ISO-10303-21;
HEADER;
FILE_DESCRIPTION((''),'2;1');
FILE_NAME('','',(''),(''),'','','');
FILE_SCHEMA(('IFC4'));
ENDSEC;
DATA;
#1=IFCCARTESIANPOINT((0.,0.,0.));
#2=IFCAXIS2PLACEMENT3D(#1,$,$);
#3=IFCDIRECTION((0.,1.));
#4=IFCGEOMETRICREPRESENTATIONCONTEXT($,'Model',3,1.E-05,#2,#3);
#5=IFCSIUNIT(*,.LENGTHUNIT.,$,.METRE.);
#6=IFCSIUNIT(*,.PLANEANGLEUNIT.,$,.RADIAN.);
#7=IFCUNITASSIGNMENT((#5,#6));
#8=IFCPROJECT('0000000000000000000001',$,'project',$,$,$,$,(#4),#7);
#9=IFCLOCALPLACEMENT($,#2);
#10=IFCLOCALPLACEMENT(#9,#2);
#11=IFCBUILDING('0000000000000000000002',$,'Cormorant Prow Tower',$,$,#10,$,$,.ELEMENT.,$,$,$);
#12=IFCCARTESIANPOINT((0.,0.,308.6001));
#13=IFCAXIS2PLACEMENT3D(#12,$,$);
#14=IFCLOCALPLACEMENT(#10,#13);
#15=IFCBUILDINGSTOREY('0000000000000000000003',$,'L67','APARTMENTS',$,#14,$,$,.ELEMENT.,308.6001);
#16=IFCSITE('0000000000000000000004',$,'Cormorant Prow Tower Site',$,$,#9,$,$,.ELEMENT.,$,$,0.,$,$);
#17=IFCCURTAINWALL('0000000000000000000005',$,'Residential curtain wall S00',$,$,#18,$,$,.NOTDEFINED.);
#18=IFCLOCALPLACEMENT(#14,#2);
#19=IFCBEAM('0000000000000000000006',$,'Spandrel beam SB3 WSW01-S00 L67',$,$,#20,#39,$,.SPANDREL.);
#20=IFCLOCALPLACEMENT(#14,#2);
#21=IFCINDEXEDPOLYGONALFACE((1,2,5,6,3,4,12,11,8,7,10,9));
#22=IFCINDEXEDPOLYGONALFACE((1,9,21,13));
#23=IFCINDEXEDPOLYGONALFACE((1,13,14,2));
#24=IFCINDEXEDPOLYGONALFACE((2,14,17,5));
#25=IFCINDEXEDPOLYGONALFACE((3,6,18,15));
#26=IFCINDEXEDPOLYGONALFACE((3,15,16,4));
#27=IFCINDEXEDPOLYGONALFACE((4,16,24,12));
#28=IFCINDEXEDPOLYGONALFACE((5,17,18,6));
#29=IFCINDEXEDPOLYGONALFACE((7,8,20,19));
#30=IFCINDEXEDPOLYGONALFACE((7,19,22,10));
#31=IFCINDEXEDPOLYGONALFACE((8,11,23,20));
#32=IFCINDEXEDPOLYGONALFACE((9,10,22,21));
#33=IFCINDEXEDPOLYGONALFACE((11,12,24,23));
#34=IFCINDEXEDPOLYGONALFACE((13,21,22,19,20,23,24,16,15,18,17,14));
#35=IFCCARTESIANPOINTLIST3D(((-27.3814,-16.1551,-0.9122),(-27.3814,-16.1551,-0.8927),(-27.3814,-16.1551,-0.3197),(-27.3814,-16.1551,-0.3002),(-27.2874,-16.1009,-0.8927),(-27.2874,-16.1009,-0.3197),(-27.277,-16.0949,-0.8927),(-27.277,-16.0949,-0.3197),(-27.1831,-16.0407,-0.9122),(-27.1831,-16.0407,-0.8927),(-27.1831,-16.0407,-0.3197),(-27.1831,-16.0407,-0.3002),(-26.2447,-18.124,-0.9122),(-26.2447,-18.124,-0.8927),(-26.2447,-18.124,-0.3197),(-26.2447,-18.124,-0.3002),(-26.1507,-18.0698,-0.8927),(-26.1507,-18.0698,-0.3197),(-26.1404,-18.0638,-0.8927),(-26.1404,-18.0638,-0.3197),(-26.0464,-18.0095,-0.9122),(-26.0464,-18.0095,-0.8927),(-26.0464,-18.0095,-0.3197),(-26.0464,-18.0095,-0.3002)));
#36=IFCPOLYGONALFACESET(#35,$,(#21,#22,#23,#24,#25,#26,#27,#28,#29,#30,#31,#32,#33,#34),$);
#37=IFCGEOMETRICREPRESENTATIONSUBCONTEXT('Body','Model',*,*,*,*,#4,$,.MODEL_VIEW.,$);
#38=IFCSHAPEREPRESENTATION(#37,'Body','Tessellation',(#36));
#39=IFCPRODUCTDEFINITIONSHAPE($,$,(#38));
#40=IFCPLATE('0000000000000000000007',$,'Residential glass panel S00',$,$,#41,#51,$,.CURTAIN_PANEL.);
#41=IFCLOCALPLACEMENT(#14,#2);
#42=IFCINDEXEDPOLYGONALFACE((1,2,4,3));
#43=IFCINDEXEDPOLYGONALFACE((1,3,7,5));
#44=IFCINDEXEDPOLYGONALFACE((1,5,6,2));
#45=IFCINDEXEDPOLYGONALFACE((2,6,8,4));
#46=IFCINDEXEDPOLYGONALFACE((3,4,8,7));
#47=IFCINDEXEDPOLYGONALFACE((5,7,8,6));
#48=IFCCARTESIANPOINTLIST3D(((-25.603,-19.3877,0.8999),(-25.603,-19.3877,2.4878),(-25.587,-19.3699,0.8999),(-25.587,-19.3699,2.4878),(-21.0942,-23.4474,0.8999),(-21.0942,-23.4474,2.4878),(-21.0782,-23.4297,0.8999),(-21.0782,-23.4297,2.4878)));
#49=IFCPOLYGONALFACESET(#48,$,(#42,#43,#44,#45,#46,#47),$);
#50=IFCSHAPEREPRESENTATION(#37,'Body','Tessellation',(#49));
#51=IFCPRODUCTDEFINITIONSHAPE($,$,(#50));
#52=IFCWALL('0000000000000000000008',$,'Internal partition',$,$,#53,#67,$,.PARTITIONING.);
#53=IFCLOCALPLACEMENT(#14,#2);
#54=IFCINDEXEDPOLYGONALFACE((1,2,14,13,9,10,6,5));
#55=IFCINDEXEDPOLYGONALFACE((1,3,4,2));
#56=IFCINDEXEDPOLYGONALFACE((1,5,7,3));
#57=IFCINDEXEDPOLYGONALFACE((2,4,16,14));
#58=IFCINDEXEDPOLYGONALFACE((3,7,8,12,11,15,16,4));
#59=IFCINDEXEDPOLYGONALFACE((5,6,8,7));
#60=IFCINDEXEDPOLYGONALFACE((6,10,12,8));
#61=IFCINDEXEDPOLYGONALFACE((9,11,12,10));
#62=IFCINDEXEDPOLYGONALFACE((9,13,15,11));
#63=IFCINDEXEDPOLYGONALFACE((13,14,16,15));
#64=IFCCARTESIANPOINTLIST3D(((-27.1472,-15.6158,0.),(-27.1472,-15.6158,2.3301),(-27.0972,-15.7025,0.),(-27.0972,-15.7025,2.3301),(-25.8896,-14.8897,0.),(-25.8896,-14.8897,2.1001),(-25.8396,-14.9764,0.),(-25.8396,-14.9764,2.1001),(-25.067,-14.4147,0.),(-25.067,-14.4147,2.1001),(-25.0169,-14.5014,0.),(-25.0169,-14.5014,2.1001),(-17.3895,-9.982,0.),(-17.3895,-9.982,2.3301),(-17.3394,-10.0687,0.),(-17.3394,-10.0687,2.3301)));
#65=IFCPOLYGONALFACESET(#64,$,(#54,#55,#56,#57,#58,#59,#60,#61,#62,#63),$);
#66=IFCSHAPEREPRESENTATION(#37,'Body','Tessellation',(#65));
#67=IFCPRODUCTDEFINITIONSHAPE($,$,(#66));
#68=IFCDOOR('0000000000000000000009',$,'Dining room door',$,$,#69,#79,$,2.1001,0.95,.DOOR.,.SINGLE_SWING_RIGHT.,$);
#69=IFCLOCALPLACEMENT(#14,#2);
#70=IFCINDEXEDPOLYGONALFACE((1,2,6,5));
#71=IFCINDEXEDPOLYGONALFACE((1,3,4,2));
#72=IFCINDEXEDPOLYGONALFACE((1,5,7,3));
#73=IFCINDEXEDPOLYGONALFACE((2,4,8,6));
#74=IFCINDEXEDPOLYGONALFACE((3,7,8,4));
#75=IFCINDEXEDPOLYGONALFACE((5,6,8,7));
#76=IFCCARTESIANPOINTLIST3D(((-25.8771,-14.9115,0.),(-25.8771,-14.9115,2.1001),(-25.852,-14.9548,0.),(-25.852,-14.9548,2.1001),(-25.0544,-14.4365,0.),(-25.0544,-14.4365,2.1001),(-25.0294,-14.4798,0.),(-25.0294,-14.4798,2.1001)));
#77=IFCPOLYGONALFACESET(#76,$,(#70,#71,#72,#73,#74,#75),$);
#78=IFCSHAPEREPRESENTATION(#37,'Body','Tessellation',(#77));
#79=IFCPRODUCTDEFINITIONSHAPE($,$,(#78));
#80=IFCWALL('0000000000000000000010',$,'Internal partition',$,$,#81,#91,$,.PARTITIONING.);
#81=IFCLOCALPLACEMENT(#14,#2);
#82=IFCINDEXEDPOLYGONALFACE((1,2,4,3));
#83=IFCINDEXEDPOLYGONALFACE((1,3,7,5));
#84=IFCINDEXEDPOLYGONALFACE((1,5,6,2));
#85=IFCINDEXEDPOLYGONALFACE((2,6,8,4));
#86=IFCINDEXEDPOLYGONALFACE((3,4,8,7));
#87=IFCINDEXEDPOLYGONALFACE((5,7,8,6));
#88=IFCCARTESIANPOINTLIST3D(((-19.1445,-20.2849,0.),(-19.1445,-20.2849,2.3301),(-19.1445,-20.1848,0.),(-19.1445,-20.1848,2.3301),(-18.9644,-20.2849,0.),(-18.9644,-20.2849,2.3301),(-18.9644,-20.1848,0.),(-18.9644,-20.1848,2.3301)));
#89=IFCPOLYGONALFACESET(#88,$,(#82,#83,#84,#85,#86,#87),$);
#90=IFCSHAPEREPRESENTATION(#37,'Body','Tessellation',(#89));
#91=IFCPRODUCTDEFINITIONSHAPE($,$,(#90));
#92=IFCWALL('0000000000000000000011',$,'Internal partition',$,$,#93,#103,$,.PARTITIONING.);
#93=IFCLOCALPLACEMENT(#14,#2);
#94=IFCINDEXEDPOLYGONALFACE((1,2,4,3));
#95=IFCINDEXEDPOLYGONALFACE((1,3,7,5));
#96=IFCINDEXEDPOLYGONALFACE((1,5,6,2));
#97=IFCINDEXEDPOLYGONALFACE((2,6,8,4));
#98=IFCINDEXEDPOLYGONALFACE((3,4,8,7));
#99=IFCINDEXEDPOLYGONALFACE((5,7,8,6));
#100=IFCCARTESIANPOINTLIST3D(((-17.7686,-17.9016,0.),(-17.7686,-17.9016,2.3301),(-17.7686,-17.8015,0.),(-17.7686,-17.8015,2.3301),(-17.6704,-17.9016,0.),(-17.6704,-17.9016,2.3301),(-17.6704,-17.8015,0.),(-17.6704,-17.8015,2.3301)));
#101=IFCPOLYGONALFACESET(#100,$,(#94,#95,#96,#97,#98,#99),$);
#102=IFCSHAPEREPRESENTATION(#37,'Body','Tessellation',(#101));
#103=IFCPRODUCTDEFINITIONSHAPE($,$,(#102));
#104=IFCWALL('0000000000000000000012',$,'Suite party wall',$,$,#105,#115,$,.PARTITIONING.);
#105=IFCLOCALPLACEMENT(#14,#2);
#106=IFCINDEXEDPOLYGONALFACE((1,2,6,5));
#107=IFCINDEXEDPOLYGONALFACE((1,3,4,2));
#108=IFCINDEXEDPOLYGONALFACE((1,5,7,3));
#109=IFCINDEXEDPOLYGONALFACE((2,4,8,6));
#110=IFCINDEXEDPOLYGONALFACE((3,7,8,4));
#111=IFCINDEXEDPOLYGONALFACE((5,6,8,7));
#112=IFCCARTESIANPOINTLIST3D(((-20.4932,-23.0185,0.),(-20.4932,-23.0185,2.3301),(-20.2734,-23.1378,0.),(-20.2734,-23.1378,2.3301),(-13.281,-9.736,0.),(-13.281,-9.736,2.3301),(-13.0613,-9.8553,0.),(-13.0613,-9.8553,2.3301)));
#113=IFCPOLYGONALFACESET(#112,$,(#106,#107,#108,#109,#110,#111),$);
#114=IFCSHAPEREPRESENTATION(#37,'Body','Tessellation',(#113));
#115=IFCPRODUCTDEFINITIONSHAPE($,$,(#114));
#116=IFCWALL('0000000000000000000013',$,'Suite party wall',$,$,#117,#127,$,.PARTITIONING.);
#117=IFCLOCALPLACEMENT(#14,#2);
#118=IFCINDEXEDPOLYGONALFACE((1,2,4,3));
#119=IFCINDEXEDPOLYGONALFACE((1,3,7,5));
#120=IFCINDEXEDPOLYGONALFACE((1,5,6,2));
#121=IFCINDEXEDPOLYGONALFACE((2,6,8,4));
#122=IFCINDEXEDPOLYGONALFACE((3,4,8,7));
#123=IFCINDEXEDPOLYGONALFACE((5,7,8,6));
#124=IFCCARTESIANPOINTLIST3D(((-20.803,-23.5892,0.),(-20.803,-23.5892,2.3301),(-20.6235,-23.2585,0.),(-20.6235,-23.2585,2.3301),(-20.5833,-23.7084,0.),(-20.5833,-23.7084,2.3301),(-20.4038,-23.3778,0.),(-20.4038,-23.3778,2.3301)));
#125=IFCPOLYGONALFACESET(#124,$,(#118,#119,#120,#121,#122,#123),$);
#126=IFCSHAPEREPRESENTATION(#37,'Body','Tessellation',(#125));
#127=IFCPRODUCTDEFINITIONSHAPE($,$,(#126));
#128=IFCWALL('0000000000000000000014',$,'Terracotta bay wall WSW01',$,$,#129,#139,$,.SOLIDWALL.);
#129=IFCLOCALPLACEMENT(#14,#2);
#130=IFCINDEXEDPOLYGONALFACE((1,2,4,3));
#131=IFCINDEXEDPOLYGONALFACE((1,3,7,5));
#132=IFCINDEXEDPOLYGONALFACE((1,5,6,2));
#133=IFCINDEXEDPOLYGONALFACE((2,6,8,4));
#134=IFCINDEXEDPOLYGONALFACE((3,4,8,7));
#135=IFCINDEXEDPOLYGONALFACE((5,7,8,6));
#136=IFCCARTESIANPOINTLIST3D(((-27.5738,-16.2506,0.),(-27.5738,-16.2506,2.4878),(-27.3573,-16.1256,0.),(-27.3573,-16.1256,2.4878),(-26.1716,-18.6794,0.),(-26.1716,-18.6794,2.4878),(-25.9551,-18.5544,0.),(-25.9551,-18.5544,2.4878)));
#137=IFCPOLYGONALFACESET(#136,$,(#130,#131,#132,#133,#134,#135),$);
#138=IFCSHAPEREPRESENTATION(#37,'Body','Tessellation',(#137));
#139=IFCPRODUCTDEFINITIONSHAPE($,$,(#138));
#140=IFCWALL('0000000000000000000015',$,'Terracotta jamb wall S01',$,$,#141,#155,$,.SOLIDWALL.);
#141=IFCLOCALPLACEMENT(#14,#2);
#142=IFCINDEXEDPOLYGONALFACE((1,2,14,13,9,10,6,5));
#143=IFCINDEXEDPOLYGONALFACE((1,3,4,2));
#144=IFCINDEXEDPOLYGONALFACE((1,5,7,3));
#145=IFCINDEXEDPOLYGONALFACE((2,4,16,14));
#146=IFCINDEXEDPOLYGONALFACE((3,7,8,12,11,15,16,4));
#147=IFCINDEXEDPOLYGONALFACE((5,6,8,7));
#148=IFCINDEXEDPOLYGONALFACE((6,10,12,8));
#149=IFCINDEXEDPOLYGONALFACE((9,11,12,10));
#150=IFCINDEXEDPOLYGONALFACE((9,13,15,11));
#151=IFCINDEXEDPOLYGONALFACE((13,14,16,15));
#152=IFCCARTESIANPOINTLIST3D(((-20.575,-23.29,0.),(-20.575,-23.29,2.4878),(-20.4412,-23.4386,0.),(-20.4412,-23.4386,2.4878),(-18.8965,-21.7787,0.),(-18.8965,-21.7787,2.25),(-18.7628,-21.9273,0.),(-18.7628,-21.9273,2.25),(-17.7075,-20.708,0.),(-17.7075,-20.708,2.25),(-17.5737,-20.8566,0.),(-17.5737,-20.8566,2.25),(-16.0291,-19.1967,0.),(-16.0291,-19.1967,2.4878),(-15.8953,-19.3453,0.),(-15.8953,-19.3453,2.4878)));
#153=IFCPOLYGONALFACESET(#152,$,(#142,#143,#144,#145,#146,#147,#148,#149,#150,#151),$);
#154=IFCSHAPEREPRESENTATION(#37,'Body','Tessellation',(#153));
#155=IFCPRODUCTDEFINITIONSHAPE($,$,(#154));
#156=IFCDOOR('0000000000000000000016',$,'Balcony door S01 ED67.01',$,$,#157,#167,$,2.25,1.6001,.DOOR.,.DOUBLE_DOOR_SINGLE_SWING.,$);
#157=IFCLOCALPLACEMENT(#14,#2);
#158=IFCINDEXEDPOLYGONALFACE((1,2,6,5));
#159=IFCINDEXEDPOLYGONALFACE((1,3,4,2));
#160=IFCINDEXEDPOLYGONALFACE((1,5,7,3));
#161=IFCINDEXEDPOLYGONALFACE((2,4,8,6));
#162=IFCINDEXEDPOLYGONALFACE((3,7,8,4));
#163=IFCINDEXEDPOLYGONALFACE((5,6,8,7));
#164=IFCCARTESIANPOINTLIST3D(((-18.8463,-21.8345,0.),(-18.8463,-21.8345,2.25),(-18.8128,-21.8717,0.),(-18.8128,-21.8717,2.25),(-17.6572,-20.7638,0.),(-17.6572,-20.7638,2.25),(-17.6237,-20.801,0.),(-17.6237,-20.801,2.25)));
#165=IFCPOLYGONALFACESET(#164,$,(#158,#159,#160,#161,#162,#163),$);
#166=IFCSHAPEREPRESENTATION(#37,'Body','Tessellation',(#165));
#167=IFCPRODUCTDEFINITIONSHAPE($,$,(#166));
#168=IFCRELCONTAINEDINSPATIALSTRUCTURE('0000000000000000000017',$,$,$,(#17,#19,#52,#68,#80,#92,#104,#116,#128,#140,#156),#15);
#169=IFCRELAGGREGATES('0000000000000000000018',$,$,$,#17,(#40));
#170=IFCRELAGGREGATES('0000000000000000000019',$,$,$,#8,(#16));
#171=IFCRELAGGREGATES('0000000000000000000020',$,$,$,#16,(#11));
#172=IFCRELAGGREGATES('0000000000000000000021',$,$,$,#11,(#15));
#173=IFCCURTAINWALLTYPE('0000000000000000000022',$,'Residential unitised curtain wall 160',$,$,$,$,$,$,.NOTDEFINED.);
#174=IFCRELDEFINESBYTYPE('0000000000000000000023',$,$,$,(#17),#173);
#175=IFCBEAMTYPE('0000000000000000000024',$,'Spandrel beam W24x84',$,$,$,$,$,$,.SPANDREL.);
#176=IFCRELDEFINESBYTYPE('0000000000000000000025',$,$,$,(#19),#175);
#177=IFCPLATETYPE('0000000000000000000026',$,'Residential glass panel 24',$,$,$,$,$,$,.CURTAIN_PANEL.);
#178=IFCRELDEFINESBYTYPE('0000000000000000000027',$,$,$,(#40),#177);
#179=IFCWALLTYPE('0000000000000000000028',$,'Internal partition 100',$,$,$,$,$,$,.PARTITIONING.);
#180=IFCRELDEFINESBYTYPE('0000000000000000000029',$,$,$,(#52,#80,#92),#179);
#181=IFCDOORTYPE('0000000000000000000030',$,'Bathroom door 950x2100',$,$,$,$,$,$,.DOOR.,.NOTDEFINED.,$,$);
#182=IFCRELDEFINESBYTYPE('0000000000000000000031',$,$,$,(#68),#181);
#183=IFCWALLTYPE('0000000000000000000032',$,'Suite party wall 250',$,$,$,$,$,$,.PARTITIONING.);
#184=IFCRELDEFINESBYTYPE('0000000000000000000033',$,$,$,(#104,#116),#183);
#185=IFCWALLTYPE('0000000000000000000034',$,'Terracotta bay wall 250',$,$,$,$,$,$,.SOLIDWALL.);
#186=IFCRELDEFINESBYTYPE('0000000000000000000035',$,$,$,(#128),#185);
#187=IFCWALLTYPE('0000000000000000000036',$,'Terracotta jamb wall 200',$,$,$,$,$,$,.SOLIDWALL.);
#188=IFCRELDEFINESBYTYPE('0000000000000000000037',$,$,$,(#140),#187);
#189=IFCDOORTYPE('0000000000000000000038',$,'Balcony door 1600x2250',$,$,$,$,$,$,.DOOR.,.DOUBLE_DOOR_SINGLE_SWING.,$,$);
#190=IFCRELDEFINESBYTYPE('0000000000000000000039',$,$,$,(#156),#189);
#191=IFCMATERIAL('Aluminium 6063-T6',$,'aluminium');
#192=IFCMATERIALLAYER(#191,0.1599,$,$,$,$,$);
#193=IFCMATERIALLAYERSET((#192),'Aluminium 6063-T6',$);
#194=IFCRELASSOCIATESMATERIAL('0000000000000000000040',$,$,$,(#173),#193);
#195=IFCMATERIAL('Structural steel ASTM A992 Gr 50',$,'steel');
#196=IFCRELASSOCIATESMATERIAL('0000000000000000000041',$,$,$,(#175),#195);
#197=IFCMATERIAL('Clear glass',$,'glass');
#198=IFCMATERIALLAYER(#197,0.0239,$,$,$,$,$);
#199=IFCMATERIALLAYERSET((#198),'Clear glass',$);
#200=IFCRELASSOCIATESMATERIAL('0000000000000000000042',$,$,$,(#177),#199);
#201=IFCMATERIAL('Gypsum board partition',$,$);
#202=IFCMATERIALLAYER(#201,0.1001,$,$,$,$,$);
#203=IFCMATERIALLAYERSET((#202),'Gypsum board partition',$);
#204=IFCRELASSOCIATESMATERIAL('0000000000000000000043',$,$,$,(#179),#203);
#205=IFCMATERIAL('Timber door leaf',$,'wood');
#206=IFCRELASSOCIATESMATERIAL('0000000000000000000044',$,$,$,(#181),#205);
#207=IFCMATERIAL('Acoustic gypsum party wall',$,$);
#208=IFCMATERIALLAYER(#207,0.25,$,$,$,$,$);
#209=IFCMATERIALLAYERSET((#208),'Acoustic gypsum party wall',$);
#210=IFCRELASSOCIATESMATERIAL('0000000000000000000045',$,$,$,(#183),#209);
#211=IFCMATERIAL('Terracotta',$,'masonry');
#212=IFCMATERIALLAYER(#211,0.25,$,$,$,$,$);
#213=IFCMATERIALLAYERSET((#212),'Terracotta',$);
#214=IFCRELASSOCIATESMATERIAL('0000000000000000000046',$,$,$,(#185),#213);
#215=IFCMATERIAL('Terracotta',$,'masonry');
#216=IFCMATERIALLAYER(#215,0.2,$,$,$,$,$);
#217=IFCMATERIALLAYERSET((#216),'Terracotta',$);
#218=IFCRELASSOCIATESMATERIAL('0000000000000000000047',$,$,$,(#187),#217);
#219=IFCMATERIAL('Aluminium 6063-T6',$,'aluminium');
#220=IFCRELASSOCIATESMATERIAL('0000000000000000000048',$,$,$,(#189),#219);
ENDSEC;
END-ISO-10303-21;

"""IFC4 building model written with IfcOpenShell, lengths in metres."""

from ifc_helpers import new_model, si_unit, direction, frame, frame_2d, origin, origin_2d, place, context, subcontext, project, spatial, rectangle, i_section, extrude, material, layer, layer_set, material_profile, profile_set, type_object, element, fill, aggregate, save


model = new_model("IFC4")

# Units and contexts
model_context = context("Model", 3, precision=1e-05, world=origin(), true_north=direction((0.0, 1.0)))
body_context = subcontext(model_context, "Body", "Model", "MODEL_VIEW")
ifc_project = project(units=[si_unit("LENGTHUNIT", "METRE"), si_unit("PLANEANGLEUNIT", "RADIAN")], contexts=[model_context])

# Site, building, storey
site_placement = place(None, origin())
site = spatial("IfcSite", under=ifc_project, at=site_placement, Name="Cormorant Prow Tower Site", CompositionType="ELEMENT", RefElevation=0.0)
building_placement = place(site_placement, origin())
building = spatial("IfcBuilding", under=site, at=building_placement, Name="Cormorant Prow Tower", CompositionType="ELEMENT")
storey_placement = place(building_placement, frame((0.0, 0.0, 308.6001)))
storey = spatial("IfcBuildingStorey", under=building, at=storey_placement, Name="L67", Description="APARTMENTS", CompositionType="ELEMENT", Elevation=308.6001)

# Curtain wall
ifc_material_1 = material(Name="Aluminium 6063-T6", Category="aluminium")
ifc_layer_1 = layer(ifc_material_1, 0.1599)
ifc_layer_set_1 = layer_set([ifc_layer_1], Name="Aluminium 6063-T6")
curtain_wall_type = type_object("IfcCurtainWallType", Name="Residential unitised curtain wall 160", PredefinedType="NOTDEFINED", material=ifc_layer_set_1)
curtain_wall_placement = place(storey_placement, origin())
curtain_wall = element("IfcCurtainWall", 1, at=curtain_wall_placement, inside=storey, type_object=curtain_wall_type, Name="Residential curtain wall S00", PredefinedType="NOTDEFINED")

# Beam
ifc_material_2 = material(Name="Structural steel ASTM A992 Gr 50", Category="steel")
ifc_material_profile_1 = material_profile(ifc_material_2, i_section(OverallWidth=0.229, OverallDepth=0.6121, WebThickness=0.012, FlangeThickness=0.0195, at=origin_2d()), Name="W24x84")
ifc_profile_set_1 = profile_set([ifc_material_profile_1], Name="Structural steel ASTM A992 Gr 50")
beam_type = type_object("IfcBeamType", Name="Spandrel beam W24x84", PredefinedType="SPANDREL", material=ifc_profile_set_1)
beam_1_placement = place(storey_placement, frame((-27.2822, -16.0979, -0.6062), z_axis=(0.499973, -0.866041, 0.0), x_axis=(0.866041, 0.499973, 0.0)))
element("IfcBeam", 2, at=beam_1_placement, inside=storey, type_object=beam_type, Name="Spandrel beam SB3 WSW01-S00 L67", PredefinedType="SPANDREL", context=body_context, shape_type="SweptSolid", body=[
    extrude(i_section(OverallWidth=0.229, OverallDepth=0.6121, WebThickness=0.012, FlangeThickness=0.0195, at=origin_2d()), origin(), (0.0, 0.0, 1.0), 2.2734),
])

# Plate
ifc_material_3 = material(Name="Clear glass", Category="glass")
ifc_layer_2 = layer(ifc_material_3, 0.0239)
ifc_layer_set_2 = layer_set([ifc_layer_2], Name="Clear glass")
plate_type = type_object("IfcPlateType", Name="Residential glass panel 24", PredefinedType="CURTAIN_PANEL", material=ifc_layer_set_2)
plate_placement = place(storey_placement, frame((-23.3406, -21.4087, 0.8999), z_axis=(0.0, 0.0, 1.0), x_axis=(0.743145, -0.669131, 0.0)))
plate = element("IfcPlate", 3, at=plate_placement, type_object=plate_type, Name="Residential glass panel S00", PredefinedType="CURTAIN_PANEL", context=body_context, shape_type="SweptSolid", body=[
    extrude(rectangle(XDim=6.0671, YDim=0.0239, at=origin_2d()), origin(), (0.0, 0.0, 1.0), 1.5879),
])
aggregate(curtain_wall, [plate])

# Wall, opening, door
ifc_material_4 = material(Name="Gypsum board partition")
ifc_layer_3 = layer(ifc_material_4, 0.1001)
ifc_layer_set_3 = layer_set([ifc_layer_3], Name="Gypsum board partition")
wall_type_1 = type_object("IfcWallType", Name="Internal partition 100", PredefinedType="PARTITIONING", material=ifc_layer_set_3)
wall_1_placement = place(storey_placement, frame((-27.1223, -15.6592, 0.0), z_axis=(0.0, 0.0, 1.0), x_axis=(0.866021, 0.500008, 0.0)))
wall_1 = element("IfcWall", 4, at=wall_1_placement, inside=storey, type_object=wall_type_1, Name="Internal partition", PredefinedType="PARTITIONING", context=body_context, shape_type="SweptSolid", body=[
    extrude(rectangle(XDim=11.2673, YDim=0.1001, at=frame_2d((5.6338, 0.0))), origin(), (0.0, 0.0, 1.0), 2.3301),
])
opening_1_placement = place(wall_1_placement, frame((1.4521, 0.0, 0.0)))
opening_1 = element("IfcOpeningElement", 5, at=opening_1_placement, cuts=wall_1, PredefinedType="OPENING", context=body_context, shape_type="SweptSolid", body=[
    extrude(rectangle(XDim=0.95, YDim=2.1001, at=frame_2d((0.4751, 1.05))), frame((0.0, 0.0601, 0.0), z_axis=(0.0, -1.0, 0.0), x_axis=(1.0, 0.0, 0.0)), (0.0, 0.0, 1.0), 0.1201),
])
ifc_material_5 = material(Name="Timber door leaf", Category="wood")
door_type_1 = type_object("IfcDoorType", Name="Bathroom door 950x2100", OperationType="NOTDEFINED", PredefinedType="DOOR", material=ifc_material_5)
door_1_placement = place(opening_1_placement, origin())
door_1 = element("IfcDoor", 6, at=door_1_placement, inside=storey, type_object=door_type_1, Name="Dining room door", OperationType="SINGLE_SWING_RIGHT", OverallHeight=2.1001, OverallWidth=0.95, PredefinedType="DOOR", context=body_context, shape_type="SweptSolid", body=[
    extrude(rectangle(XDim=0.95, YDim=2.1001, at=frame_2d((0.4751, 1.05))), frame((0.0, 0.0249, 0.0), z_axis=(0.0, -1.0, 0.0), x_axis=(1.0, 0.0, 0.0)), (0.0, 0.0, 1.0), 0.05),
])
fill(opening_1, door_1)

# Walls
wall_2_placement = place(storey_placement, frame((-19.1445, -20.2349, 0.0), z_axis=(0.0, 0.0, 1.0), x_axis=(1.0, 0.0, 0.0)))
element("IfcWall", 7, at=wall_2_placement, inside=storey, type_object=wall_type_1, Name="Internal partition", PredefinedType="PARTITIONING", context=body_context, shape_type="SweptSolid", body=[
    extrude(rectangle(XDim=0.1802, YDim=0.1001, at=frame_2d((0.0901, 0.0))), origin(), (0.0, 0.0, 1.0), 2.3301),
])
wall_3_placement = place(storey_placement, frame((-17.7686, -17.8516, 0.0), z_axis=(0.0, 0.0, 1.0), x_axis=(1.0, 0.0, 0.0)))
element("IfcWall", 8, at=wall_3_placement, inside=storey, type_object=wall_type_1, Name="Internal partition", PredefinedType="PARTITIONING", context=body_context, shape_type="SweptSolid", body=[
    extrude(rectangle(XDim=0.0981, YDim=0.1001, at=frame_2d((0.0491, 0.0))), origin(), (0.0, 0.0, 1.0), 2.3301),
])
ifc_material_6 = material(Name="Acoustic gypsum party wall")
ifc_layer_4 = layer(ifc_material_6, 0.25)
ifc_layer_set_4 = layer_set([ifc_layer_4], Name="Acoustic gypsum party wall")
wall_type_2 = type_object("IfcWallType", Name="Suite party wall 250", PredefinedType="PARTITIONING", material=ifc_layer_set_4)
wall_4_placement = place(storey_placement, frame((-20.3833, -23.0781, 0.0), z_axis=(0.0, 0.0, 1.0), x_axis=(0.477177, 0.878807, 0.0)))
element("IfcWall", 9, at=wall_4_placement, inside=storey, type_object=wall_type_2, Name="Suite party wall", PredefinedType="PARTITIONING", context=body_context, shape_type="SweptSolid", body=[
    extrude(rectangle(XDim=15.1143, YDim=0.25, at=frame_2d((7.5571, 0.0))), origin(), (0.0, 0.0, 1.0), 2.3301),
])
wall_5_placement = place(storey_placement, frame((-20.6931, -23.6487, 0.0), z_axis=(0.0, 0.0, 1.0), x_axis=(0.477078, 0.878861, 0.0)))
element("IfcWall", 10, at=wall_5_placement, inside=storey, type_object=wall_type_2, Name="Suite party wall", PredefinedType="PARTITIONING", context=body_context, shape_type="SweptSolid", body=[
    extrude(rectangle(XDim=0.3762, YDim=0.25, at=frame_2d((0.188, 0.0))), origin(), (0.0, 0.0, 1.0), 2.3301),
])
ifc_material_7 = material(Name="Terracotta", Category="masonry")
ifc_layer_5 = layer(ifc_material_7, 0.25)
ifc_layer_set_5 = layer_set([ifc_layer_5], Name="Terracotta")
wall_type_3 = type_object("IfcWallType", Name="Terracotta bay wall 250", PredefinedType="SOLIDWALL", material=ifc_layer_set_5)
wall_6_placement = place(storey_placement, frame((-27.4656, -16.188, 0.0), z_axis=(0.0, 0.0, 1.0), x_axis=(0.499969, -0.866044, 0.0)))
element("IfcWall", 11, at=wall_6_placement, inside=storey, type_object=wall_type_3, Name="Terracotta bay wall WSW01", PredefinedType="SOLIDWALL", context=body_context, shape_type="SweptSolid", body=[
    extrude(rectangle(XDim=2.8044, YDim=0.25, at=frame_2d((1.4023, 0.0))), origin(), (0.0, 0.0, 1.0), 2.4878),
])

# Wall, opening, door
ifc_material_8 = material(Name="Terracotta", Category="masonry")
ifc_layer_6 = layer(ifc_material_8, 0.2)
ifc_layer_set_6 = layer_set([ifc_layer_6], Name="Terracotta")
wall_type_4 = type_object("IfcWallType", Name="Terracotta jamb wall 200", PredefinedType="SOLIDWALL", material=ifc_layer_set_6)
wall_7_placement = place(storey_placement, frame((-20.5081, -23.3643, 0.0), z_axis=(0.0, 0.0, 1.0), x_axis=(0.743135, 0.669141, 0.0)))
wall_7 = element("IfcWall", 12, at=wall_7_placement, inside=storey, type_object=wall_type_4, Name="Terracotta jamb wall S01", PredefinedType="SOLIDWALL", context=body_context, shape_type="SweptSolid", body=[
    extrude(rectangle(XDim=6.1172, YDim=0.2, at=frame_2d((3.0586, 0.0))), origin(), (0.0, 0.0, 1.0), 2.4878),
])
opening_2_placement = place(wall_7_placement, frame((2.2585, 0.0, 0.0)))
opening_2 = element("IfcOpeningElement", 13, at=opening_2_placement, cuts=wall_7, PredefinedType="OPENING", context=body_context, shape_type="SweptSolid", body=[
    extrude(rectangle(XDim=1.6001, YDim=2.25, at=frame_2d((0.8, 1.125))), frame((0.0, 0.1099, 0.0), z_axis=(0.0, -1.0, 0.0), x_axis=(1.0, 0.0, 0.0)), (0.0, 0.0, 1.0), 0.22),
])
ifc_material_9 = material(Name="Aluminium 6063-T6", Category="aluminium")
door_type_2 = type_object("IfcDoorType", Name="Balcony door 1600x2250", OperationType="DOUBLE_DOOR_SINGLE_SWING", PredefinedType="DOOR", material=ifc_material_9)
door_2_placement = place(opening_2_placement, origin())
door_2 = element("IfcDoor", 14, at=door_2_placement, inside=storey, type_object=door_type_2, Name="Balcony door S01 ED67.01", OperationType="DOUBLE_DOOR_SINGLE_SWING", OverallHeight=2.25, OverallWidth=1.6001, PredefinedType="DOOR", context=body_context, shape_type="SweptSolid", body=[
    extrude(rectangle(XDim=1.6001, YDim=2.25, at=frame_2d((0.8, 1.125))), frame((0.0, 0.0249, 0.0), z_axis=(0.0, -1.0, 0.0), x_axis=(1.0, 0.0, 0.0)), (0.0, 0.0, 1.0), 0.05),
])
fill(opening_2, door_2)

save(model, "model.ifc")
